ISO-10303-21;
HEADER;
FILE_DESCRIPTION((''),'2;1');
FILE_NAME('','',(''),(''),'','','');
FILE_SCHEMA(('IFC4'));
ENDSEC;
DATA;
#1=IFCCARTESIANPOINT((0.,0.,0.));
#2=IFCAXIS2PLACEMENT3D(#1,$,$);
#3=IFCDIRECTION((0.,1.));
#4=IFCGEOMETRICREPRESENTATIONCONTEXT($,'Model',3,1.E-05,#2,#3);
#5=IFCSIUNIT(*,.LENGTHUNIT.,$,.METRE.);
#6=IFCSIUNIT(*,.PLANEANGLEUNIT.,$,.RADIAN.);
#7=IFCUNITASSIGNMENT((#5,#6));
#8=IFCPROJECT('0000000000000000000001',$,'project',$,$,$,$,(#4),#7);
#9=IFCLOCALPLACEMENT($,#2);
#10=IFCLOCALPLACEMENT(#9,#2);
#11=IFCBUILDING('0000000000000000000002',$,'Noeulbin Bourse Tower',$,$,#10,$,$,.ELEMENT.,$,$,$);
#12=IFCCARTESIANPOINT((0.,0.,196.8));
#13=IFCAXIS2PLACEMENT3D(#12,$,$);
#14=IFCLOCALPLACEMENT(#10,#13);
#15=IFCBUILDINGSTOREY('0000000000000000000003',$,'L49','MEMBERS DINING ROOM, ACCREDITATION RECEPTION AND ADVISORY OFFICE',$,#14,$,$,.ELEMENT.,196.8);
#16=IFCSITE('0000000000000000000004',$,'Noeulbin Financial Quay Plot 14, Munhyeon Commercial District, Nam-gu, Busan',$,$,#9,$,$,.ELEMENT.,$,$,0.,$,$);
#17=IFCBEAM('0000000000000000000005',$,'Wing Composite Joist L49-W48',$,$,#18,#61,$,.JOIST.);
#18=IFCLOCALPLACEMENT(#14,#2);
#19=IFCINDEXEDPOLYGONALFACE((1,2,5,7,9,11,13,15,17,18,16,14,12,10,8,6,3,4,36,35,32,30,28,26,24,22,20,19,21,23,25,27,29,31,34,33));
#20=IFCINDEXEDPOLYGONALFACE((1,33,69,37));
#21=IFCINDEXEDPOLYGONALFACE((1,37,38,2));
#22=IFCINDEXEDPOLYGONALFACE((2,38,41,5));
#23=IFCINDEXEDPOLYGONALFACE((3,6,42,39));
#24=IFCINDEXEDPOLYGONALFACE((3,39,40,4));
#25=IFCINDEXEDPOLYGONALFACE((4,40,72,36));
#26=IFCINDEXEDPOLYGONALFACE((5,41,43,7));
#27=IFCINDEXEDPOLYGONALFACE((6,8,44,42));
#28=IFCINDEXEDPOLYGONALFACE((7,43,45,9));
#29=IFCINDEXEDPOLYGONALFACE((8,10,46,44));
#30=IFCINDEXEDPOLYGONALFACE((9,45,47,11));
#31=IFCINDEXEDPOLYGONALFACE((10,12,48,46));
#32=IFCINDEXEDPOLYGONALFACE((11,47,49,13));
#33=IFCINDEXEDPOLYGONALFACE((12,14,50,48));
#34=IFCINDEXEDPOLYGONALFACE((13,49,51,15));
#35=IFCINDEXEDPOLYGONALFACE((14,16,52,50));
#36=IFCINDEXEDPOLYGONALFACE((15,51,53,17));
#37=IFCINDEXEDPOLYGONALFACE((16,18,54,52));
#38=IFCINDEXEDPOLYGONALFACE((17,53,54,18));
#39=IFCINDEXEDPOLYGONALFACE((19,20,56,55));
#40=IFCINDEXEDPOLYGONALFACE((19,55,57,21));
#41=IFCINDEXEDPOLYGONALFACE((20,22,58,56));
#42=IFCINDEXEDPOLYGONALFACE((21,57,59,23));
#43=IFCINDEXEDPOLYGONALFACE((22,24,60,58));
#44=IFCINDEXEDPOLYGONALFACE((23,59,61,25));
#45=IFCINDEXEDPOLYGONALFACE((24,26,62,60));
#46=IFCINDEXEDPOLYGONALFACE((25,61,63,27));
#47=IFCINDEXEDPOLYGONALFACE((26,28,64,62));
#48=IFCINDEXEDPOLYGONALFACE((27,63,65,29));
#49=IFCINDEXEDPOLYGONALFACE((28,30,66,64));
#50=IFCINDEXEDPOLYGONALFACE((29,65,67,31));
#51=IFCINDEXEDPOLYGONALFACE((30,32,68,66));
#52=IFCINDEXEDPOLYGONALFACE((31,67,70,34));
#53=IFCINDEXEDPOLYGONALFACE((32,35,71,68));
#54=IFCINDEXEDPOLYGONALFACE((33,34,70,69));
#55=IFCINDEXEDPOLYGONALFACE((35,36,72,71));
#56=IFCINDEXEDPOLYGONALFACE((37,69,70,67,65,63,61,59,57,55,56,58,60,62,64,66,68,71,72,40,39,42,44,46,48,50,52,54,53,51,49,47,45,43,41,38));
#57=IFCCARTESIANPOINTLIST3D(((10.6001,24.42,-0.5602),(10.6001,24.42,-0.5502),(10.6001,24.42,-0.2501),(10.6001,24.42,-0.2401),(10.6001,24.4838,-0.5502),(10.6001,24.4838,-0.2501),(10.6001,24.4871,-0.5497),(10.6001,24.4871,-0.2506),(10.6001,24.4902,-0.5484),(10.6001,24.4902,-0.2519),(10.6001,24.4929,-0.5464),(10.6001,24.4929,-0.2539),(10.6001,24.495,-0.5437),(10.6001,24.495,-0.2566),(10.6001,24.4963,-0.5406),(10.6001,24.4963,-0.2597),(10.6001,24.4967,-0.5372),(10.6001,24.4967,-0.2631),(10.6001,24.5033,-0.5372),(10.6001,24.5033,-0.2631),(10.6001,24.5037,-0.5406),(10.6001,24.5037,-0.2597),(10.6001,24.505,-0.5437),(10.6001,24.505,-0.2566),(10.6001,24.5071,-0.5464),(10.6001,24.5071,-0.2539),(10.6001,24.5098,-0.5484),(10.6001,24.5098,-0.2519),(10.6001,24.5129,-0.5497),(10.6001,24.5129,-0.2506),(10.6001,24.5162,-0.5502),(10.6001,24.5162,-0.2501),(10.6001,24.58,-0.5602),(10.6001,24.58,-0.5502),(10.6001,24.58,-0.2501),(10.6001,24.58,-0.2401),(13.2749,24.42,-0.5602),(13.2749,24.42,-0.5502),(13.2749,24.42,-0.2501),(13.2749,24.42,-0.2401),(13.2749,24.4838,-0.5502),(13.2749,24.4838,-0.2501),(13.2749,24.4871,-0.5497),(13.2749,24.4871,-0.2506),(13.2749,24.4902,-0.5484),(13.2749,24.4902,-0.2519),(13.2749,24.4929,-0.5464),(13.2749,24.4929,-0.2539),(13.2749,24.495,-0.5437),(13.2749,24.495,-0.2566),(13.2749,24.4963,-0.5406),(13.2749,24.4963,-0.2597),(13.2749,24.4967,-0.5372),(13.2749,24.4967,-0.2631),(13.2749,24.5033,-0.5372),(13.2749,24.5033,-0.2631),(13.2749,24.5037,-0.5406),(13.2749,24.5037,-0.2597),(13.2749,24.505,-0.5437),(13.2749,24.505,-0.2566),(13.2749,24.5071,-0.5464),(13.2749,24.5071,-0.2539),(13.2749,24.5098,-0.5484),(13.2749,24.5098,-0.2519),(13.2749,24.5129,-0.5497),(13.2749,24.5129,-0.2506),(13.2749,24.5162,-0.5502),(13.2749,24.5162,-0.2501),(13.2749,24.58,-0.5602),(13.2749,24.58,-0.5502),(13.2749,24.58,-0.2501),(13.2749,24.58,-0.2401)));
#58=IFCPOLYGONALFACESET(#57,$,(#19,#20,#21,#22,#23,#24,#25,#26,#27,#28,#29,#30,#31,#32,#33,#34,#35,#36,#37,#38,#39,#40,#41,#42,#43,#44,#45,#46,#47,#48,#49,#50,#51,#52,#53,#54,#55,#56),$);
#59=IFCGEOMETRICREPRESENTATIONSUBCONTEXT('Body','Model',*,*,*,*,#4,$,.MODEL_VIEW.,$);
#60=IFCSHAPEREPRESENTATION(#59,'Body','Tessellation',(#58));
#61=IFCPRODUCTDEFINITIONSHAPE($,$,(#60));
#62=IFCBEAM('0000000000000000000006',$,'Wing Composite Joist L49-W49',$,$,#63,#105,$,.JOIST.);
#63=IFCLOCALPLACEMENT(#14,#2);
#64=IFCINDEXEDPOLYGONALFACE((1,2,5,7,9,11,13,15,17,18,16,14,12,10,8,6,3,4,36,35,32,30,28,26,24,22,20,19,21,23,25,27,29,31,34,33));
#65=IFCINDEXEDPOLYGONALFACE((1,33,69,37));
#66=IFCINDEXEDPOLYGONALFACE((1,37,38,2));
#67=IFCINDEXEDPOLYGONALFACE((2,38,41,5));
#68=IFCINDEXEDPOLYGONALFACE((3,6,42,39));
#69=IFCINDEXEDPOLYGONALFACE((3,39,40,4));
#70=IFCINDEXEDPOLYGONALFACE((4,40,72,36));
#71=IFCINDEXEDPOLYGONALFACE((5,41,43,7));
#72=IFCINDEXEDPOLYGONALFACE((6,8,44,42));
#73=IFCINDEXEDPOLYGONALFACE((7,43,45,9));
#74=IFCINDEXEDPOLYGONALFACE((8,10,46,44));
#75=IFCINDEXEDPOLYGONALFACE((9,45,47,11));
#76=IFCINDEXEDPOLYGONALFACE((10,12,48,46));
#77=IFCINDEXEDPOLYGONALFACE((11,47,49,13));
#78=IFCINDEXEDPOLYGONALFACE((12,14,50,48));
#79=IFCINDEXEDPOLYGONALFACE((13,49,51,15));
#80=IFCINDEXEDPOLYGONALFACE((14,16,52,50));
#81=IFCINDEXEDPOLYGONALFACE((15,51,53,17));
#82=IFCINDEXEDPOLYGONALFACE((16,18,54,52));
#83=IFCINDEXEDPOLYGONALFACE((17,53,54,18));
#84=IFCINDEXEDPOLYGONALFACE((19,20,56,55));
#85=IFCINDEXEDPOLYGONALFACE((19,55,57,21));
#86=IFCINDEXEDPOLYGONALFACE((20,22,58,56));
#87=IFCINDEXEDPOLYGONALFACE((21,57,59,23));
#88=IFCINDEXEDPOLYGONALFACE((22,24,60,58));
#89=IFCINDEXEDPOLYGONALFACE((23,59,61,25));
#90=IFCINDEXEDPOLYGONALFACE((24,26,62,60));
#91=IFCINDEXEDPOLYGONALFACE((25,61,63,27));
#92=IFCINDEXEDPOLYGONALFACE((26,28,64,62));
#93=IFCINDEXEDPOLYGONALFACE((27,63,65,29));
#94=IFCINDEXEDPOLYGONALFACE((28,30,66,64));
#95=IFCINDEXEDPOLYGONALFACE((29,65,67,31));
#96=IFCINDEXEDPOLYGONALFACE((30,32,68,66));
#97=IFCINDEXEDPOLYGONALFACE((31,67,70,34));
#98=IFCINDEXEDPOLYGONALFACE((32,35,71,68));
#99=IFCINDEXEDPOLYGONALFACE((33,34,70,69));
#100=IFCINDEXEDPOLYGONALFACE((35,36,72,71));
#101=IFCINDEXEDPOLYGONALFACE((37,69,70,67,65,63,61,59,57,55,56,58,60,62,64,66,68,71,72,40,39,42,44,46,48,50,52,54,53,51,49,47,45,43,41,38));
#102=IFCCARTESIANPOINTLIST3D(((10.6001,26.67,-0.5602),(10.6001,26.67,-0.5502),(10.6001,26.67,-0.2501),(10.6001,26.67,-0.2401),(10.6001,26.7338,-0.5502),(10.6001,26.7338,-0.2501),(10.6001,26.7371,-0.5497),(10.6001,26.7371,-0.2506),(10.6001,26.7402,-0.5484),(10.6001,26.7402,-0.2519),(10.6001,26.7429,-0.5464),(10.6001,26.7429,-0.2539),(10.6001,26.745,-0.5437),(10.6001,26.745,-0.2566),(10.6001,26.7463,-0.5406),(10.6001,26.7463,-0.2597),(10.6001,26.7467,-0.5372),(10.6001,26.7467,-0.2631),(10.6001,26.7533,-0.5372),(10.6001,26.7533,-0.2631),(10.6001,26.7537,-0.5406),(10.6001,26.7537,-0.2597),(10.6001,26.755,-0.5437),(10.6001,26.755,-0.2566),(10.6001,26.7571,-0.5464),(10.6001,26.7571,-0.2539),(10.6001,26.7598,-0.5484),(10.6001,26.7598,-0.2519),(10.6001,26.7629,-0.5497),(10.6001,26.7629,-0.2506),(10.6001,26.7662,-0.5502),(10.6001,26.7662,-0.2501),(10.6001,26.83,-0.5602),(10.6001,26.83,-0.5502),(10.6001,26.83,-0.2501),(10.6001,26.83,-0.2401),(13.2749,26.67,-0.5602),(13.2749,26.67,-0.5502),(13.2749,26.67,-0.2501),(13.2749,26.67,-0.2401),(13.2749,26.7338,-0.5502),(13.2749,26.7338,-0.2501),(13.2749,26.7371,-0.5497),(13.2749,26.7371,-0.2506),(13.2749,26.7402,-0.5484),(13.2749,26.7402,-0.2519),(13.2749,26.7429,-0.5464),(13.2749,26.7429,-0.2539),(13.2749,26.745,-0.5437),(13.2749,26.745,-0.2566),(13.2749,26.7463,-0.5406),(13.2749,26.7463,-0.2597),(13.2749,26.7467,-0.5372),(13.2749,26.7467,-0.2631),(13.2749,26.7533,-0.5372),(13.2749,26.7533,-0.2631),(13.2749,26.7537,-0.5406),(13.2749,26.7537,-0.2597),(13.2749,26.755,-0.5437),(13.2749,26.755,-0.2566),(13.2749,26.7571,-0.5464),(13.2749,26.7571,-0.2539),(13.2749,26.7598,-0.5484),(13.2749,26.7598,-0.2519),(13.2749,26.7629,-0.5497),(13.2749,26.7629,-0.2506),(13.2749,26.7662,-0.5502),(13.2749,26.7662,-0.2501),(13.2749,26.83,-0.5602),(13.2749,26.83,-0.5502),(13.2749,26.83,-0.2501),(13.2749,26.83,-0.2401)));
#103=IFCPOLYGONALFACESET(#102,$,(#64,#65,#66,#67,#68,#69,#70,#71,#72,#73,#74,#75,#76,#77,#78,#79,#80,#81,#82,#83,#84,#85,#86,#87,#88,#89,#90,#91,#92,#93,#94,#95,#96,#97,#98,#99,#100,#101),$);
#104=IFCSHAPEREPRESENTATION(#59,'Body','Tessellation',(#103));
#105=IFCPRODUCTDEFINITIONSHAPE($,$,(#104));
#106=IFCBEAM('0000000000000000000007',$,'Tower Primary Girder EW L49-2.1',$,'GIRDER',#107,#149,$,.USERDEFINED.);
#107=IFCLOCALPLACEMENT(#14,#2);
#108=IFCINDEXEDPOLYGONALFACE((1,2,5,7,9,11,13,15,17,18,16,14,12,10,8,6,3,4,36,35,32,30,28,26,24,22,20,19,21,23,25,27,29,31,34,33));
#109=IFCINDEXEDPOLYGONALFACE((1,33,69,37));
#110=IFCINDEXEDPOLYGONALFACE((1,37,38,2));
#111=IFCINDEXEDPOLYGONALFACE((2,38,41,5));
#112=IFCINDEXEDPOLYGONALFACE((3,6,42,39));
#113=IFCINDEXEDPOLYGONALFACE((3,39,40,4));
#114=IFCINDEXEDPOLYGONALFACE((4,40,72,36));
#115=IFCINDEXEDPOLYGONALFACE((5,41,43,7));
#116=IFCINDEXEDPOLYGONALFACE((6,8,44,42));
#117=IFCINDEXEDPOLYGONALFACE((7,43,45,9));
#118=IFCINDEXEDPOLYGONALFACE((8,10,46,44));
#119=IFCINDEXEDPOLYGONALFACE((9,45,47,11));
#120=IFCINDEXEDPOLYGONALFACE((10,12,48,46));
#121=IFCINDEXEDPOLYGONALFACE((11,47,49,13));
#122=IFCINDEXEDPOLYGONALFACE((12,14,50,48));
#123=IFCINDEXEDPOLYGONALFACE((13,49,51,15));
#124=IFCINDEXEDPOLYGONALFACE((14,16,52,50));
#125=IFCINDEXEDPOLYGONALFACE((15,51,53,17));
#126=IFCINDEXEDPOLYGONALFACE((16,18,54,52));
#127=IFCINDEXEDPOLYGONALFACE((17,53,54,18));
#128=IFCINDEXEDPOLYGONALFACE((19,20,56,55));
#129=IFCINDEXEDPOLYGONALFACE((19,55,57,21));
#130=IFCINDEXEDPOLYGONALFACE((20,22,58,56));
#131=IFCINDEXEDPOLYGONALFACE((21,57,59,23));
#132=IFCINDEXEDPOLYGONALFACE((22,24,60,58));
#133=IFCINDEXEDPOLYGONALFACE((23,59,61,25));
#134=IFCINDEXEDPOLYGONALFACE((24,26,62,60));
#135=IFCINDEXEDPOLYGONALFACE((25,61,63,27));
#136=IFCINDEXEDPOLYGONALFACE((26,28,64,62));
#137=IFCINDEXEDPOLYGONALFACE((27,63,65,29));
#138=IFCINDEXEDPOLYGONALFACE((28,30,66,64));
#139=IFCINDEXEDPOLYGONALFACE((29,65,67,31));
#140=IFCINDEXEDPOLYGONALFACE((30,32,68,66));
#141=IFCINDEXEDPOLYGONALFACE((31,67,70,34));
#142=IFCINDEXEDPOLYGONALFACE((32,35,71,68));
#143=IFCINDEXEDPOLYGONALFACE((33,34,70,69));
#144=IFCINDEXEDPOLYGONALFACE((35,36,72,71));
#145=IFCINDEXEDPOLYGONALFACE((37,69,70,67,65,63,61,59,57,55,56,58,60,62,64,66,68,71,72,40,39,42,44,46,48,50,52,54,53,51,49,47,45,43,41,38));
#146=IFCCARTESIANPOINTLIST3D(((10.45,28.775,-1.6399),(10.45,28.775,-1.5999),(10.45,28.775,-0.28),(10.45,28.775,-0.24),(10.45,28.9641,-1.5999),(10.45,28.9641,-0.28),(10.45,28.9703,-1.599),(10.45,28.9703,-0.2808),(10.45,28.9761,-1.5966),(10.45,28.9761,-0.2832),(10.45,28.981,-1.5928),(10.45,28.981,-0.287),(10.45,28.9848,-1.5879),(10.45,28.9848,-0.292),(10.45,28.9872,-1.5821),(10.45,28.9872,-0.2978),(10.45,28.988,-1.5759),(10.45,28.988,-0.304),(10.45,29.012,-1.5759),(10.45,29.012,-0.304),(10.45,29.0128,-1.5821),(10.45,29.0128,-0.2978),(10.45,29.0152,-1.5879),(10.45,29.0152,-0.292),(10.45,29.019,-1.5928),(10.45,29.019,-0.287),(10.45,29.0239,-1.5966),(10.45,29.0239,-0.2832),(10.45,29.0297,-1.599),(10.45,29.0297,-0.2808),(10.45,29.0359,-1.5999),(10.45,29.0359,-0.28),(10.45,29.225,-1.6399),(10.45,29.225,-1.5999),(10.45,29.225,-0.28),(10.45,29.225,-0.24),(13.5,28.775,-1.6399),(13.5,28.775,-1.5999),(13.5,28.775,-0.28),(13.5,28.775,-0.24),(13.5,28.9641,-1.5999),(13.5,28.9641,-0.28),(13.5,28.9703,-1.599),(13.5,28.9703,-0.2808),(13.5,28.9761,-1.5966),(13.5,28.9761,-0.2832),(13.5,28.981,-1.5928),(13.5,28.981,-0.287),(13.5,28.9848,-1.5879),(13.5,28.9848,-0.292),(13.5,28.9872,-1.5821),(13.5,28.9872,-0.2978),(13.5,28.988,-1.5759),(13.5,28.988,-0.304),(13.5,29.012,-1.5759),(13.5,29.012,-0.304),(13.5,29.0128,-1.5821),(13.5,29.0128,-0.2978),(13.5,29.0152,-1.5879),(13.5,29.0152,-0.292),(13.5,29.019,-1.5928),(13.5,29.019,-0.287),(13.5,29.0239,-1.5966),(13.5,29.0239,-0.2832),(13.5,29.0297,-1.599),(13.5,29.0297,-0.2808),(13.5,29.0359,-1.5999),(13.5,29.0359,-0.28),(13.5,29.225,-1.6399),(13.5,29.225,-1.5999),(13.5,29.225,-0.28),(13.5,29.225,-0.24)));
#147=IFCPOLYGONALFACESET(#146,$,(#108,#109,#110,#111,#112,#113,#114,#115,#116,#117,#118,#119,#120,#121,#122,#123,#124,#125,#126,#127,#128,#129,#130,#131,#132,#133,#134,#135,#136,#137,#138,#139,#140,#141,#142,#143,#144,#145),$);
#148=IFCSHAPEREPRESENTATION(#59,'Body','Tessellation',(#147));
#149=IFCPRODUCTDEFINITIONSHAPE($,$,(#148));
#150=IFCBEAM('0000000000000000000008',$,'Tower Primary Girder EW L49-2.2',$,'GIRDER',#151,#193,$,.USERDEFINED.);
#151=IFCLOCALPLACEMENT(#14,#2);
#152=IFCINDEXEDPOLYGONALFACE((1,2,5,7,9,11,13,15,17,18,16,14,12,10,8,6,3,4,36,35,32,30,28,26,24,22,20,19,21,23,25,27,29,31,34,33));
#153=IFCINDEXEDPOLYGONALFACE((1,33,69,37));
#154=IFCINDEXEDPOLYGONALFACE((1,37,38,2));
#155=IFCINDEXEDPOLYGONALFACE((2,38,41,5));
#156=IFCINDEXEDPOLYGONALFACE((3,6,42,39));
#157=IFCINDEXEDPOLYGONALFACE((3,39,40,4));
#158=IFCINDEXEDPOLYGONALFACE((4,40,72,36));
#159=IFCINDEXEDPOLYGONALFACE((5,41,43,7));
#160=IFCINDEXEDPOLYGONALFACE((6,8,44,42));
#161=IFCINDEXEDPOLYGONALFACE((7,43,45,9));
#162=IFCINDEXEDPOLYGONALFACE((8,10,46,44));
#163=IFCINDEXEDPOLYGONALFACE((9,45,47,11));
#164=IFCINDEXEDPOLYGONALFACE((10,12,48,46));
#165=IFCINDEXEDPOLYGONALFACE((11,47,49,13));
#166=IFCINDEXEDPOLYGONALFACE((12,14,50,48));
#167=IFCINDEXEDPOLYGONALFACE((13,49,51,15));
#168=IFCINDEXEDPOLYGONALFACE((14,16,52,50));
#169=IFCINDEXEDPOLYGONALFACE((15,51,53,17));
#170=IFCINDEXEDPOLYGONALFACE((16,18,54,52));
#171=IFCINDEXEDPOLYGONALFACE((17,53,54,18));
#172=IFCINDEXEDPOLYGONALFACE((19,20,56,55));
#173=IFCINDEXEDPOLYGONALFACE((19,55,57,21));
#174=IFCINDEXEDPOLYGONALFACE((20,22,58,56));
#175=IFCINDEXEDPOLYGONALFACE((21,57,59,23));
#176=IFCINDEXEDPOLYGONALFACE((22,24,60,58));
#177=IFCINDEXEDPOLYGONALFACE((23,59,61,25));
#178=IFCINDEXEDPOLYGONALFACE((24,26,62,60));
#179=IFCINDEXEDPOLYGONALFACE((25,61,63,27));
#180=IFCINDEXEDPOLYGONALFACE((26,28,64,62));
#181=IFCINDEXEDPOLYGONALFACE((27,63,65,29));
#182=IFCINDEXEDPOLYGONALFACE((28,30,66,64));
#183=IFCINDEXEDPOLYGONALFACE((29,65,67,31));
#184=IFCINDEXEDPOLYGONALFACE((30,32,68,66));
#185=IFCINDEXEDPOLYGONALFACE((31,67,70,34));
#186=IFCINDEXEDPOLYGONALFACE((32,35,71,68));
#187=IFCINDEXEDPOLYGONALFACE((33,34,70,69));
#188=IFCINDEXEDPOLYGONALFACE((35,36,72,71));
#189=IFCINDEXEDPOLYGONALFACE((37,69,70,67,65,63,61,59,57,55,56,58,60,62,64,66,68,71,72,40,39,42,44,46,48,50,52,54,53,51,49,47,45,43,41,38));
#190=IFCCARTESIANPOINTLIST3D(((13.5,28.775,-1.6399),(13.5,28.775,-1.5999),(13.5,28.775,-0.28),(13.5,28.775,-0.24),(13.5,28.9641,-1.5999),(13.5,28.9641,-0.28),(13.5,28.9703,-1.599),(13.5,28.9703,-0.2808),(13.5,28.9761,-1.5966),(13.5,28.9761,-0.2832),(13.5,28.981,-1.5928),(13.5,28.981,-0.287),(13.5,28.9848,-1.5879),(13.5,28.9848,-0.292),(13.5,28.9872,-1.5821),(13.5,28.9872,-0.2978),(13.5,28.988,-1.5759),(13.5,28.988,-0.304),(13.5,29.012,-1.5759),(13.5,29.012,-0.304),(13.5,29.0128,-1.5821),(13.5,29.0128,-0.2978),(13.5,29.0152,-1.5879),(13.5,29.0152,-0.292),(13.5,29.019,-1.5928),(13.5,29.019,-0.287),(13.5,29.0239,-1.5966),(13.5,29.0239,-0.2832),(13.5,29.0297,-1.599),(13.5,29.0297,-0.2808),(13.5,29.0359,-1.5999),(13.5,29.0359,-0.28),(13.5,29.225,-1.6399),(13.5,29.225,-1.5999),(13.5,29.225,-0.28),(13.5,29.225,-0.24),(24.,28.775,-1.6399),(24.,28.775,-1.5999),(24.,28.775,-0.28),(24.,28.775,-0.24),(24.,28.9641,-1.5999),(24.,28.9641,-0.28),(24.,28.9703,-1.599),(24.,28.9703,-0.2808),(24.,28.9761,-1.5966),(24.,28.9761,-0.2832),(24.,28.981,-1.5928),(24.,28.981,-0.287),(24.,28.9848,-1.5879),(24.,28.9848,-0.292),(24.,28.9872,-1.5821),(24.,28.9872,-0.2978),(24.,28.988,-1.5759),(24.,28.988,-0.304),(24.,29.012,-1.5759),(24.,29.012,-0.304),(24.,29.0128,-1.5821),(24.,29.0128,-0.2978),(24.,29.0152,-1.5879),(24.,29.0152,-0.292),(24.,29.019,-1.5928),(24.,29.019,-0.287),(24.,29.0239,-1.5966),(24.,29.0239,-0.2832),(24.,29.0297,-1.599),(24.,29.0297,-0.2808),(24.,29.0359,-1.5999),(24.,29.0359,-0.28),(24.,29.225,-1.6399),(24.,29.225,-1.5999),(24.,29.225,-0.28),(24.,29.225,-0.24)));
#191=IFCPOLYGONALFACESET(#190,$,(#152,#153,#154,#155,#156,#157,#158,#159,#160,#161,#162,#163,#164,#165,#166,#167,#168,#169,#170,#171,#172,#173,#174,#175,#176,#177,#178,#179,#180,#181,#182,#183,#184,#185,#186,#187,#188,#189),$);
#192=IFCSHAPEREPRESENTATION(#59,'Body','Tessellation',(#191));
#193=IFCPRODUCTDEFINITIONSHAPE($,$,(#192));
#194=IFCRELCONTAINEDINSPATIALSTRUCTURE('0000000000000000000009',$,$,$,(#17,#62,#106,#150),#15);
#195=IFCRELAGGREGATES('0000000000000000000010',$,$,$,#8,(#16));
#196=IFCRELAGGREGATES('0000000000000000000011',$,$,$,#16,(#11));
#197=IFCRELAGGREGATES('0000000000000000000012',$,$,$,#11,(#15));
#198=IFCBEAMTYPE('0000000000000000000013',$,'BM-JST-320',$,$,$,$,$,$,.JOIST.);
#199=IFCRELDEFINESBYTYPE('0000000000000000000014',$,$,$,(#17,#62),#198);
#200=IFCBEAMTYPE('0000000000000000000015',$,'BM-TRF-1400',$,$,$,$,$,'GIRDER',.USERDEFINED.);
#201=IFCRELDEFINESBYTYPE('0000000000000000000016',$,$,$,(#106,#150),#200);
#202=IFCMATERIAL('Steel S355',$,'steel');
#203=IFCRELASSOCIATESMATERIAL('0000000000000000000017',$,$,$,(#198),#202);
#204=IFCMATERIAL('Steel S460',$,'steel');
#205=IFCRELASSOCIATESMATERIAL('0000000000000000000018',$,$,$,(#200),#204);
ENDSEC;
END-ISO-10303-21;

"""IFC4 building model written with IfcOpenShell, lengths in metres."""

from ifc_helpers import new_model, si_unit, direction, frame, origin, origin_2d, place, context, subcontext, project, spatial, i_section, extrude, material, material_profile, profile_set, type_object, element, save


model = new_model("IFC4")

# Units and contexts
model_context = context("Model", 3, precision=1e-05, world=origin(), true_north=direction((0.0, 1.0)))
body_context = subcontext(model_context, "Body", "Model", "MODEL_VIEW")
ifc_project = project(units=[si_unit("LENGTHUNIT", "METRE"), si_unit("PLANEANGLEUNIT", "RADIAN")], contexts=[model_context])

# Site, building, storey
site_placement = place(None, origin())
site = spatial("IfcSite", under=ifc_project, at=site_placement, Name="Noeulbin Financial Quay Plot 14, Munhyeon Commercial District, Nam-gu, Busan", CompositionType="ELEMENT", RefElevation=0.0)
building_placement = place(site_placement, origin())
building = spatial("IfcBuilding", under=site, at=building_placement, Name="Noeulbin Bourse Tower", CompositionType="ELEMENT")
storey_placement = place(building_placement, frame((0.0, 0.0, 196.8)))
storey = spatial("IfcBuildingStorey", under=building, at=storey_placement, Name="L49", Description="MEMBERS DINING ROOM, ACCREDITATION RECEPTION AND ADVISORY OFFICE", CompositionType="ELEMENT", Elevation=196.8)

# Shared definitions
ifc_material_1 = material(Name="Steel S355", Category="steel")
ifc_material_2 = material(Name="Steel S460", Category="steel")

# Beams
ifc_material_profile_1 = material_profile(ifc_material_1, i_section(OverallWidth=0.1599, OverallDepth=0.3201, WebThickness=0.0066, FlangeThickness=0.01, FilletRadius=0.0129, at=origin_2d()), Name="H-320x160x6.5x10", Category="LoadBearing")
ifc_profile_set_1 = profile_set([ifc_material_profile_1], Name="Steel S355")
beam_type_1 = type_object("IfcBeamType", Name="BM-JST-320", PredefinedType="JOIST", material=ifc_profile_set_1)
for number, where, z_axis, x_axis, name in (
    (1, (10.6001, 24.5, -0.4001), (1.0, 0.0, 0.0), (0.0, 1.0, 0.0), "Wing Composite Joist L49-W48"),
    (2, (10.6001, 26.75, -0.4001), (1.0, 0.0, 0.0), (0.0, 1.0, 0.0), "Wing Composite Joist L49-W49"),
):
    element("IfcBeam", number, at=place(storey_placement, frame(where, z_axis=z_axis, x_axis=x_axis)), inside=storey, type_object=beam_type_1, Name=name, PredefinedType="JOIST", context=body_context, shape_type="SweptSolid", body=[
        extrude(i_section(OverallWidth=0.1599, OverallDepth=0.3201, WebThickness=0.0066, FlangeThickness=0.01, FilletRadius=0.0129, at=origin_2d()), origin(), (0.0, 0.0, 1.0), 2.6748),
    ])
ifc_material_profile_2 = material_profile(ifc_material_2, i_section(OverallWidth=0.45, OverallDepth=1.3999, WebThickness=0.0239, FlangeThickness=0.04, FilletRadius=0.0239, at=origin_2d()), Name="PG-1400x450x24x40", Category="LoadBearing")
ifc_profile_set_2 = profile_set([ifc_material_profile_2], Name="Steel S460")
beam_type_2 = type_object("IfcBeamType", Name="BM-TRF-1400", ElementType="GIRDER", PredefinedType="USERDEFINED", material=ifc_profile_set_2)
beam_1_placement = place(storey_placement, frame((10.45, 29.0, -0.9399), z_axis=(1.0, 0.0, 0.0), x_axis=(0.0, 1.0, 0.0)))
element("IfcBeam", 3, at=beam_1_placement, inside=storey, type_object=beam_type_2, Name="Tower Primary Girder EW L49-2.1", ObjectType="GIRDER", PredefinedType="USERDEFINED", context=body_context, shape_type="SweptSolid", body=[
    extrude(i_section(OverallWidth=0.45, OverallDepth=1.3999, WebThickness=0.0239, FlangeThickness=0.04, FilletRadius=0.0239, at=origin_2d()), origin(), (0.0, 0.0, 1.0), 3.05),
])
beam_2_placement = place(storey_placement, frame((13.5, 29.0, -0.9399), z_axis=(1.0, 0.0, 0.0), x_axis=(0.0, 1.0, 0.0)))
element("IfcBeam", 4, at=beam_2_placement, inside=storey, type_object=beam_type_2, Name="Tower Primary Girder EW L49-2.2", ObjectType="GIRDER", PredefinedType="USERDEFINED", context=body_context, shape_type="SweptSolid", body=[
    extrude(i_section(OverallWidth=0.45, OverallDepth=1.3999, WebThickness=0.0239, FlangeThickness=0.04, FilletRadius=0.0239, at=origin_2d()), origin(), (0.0, 0.0, 1.0), 10.5),
])

save(model, "model.ifc")
